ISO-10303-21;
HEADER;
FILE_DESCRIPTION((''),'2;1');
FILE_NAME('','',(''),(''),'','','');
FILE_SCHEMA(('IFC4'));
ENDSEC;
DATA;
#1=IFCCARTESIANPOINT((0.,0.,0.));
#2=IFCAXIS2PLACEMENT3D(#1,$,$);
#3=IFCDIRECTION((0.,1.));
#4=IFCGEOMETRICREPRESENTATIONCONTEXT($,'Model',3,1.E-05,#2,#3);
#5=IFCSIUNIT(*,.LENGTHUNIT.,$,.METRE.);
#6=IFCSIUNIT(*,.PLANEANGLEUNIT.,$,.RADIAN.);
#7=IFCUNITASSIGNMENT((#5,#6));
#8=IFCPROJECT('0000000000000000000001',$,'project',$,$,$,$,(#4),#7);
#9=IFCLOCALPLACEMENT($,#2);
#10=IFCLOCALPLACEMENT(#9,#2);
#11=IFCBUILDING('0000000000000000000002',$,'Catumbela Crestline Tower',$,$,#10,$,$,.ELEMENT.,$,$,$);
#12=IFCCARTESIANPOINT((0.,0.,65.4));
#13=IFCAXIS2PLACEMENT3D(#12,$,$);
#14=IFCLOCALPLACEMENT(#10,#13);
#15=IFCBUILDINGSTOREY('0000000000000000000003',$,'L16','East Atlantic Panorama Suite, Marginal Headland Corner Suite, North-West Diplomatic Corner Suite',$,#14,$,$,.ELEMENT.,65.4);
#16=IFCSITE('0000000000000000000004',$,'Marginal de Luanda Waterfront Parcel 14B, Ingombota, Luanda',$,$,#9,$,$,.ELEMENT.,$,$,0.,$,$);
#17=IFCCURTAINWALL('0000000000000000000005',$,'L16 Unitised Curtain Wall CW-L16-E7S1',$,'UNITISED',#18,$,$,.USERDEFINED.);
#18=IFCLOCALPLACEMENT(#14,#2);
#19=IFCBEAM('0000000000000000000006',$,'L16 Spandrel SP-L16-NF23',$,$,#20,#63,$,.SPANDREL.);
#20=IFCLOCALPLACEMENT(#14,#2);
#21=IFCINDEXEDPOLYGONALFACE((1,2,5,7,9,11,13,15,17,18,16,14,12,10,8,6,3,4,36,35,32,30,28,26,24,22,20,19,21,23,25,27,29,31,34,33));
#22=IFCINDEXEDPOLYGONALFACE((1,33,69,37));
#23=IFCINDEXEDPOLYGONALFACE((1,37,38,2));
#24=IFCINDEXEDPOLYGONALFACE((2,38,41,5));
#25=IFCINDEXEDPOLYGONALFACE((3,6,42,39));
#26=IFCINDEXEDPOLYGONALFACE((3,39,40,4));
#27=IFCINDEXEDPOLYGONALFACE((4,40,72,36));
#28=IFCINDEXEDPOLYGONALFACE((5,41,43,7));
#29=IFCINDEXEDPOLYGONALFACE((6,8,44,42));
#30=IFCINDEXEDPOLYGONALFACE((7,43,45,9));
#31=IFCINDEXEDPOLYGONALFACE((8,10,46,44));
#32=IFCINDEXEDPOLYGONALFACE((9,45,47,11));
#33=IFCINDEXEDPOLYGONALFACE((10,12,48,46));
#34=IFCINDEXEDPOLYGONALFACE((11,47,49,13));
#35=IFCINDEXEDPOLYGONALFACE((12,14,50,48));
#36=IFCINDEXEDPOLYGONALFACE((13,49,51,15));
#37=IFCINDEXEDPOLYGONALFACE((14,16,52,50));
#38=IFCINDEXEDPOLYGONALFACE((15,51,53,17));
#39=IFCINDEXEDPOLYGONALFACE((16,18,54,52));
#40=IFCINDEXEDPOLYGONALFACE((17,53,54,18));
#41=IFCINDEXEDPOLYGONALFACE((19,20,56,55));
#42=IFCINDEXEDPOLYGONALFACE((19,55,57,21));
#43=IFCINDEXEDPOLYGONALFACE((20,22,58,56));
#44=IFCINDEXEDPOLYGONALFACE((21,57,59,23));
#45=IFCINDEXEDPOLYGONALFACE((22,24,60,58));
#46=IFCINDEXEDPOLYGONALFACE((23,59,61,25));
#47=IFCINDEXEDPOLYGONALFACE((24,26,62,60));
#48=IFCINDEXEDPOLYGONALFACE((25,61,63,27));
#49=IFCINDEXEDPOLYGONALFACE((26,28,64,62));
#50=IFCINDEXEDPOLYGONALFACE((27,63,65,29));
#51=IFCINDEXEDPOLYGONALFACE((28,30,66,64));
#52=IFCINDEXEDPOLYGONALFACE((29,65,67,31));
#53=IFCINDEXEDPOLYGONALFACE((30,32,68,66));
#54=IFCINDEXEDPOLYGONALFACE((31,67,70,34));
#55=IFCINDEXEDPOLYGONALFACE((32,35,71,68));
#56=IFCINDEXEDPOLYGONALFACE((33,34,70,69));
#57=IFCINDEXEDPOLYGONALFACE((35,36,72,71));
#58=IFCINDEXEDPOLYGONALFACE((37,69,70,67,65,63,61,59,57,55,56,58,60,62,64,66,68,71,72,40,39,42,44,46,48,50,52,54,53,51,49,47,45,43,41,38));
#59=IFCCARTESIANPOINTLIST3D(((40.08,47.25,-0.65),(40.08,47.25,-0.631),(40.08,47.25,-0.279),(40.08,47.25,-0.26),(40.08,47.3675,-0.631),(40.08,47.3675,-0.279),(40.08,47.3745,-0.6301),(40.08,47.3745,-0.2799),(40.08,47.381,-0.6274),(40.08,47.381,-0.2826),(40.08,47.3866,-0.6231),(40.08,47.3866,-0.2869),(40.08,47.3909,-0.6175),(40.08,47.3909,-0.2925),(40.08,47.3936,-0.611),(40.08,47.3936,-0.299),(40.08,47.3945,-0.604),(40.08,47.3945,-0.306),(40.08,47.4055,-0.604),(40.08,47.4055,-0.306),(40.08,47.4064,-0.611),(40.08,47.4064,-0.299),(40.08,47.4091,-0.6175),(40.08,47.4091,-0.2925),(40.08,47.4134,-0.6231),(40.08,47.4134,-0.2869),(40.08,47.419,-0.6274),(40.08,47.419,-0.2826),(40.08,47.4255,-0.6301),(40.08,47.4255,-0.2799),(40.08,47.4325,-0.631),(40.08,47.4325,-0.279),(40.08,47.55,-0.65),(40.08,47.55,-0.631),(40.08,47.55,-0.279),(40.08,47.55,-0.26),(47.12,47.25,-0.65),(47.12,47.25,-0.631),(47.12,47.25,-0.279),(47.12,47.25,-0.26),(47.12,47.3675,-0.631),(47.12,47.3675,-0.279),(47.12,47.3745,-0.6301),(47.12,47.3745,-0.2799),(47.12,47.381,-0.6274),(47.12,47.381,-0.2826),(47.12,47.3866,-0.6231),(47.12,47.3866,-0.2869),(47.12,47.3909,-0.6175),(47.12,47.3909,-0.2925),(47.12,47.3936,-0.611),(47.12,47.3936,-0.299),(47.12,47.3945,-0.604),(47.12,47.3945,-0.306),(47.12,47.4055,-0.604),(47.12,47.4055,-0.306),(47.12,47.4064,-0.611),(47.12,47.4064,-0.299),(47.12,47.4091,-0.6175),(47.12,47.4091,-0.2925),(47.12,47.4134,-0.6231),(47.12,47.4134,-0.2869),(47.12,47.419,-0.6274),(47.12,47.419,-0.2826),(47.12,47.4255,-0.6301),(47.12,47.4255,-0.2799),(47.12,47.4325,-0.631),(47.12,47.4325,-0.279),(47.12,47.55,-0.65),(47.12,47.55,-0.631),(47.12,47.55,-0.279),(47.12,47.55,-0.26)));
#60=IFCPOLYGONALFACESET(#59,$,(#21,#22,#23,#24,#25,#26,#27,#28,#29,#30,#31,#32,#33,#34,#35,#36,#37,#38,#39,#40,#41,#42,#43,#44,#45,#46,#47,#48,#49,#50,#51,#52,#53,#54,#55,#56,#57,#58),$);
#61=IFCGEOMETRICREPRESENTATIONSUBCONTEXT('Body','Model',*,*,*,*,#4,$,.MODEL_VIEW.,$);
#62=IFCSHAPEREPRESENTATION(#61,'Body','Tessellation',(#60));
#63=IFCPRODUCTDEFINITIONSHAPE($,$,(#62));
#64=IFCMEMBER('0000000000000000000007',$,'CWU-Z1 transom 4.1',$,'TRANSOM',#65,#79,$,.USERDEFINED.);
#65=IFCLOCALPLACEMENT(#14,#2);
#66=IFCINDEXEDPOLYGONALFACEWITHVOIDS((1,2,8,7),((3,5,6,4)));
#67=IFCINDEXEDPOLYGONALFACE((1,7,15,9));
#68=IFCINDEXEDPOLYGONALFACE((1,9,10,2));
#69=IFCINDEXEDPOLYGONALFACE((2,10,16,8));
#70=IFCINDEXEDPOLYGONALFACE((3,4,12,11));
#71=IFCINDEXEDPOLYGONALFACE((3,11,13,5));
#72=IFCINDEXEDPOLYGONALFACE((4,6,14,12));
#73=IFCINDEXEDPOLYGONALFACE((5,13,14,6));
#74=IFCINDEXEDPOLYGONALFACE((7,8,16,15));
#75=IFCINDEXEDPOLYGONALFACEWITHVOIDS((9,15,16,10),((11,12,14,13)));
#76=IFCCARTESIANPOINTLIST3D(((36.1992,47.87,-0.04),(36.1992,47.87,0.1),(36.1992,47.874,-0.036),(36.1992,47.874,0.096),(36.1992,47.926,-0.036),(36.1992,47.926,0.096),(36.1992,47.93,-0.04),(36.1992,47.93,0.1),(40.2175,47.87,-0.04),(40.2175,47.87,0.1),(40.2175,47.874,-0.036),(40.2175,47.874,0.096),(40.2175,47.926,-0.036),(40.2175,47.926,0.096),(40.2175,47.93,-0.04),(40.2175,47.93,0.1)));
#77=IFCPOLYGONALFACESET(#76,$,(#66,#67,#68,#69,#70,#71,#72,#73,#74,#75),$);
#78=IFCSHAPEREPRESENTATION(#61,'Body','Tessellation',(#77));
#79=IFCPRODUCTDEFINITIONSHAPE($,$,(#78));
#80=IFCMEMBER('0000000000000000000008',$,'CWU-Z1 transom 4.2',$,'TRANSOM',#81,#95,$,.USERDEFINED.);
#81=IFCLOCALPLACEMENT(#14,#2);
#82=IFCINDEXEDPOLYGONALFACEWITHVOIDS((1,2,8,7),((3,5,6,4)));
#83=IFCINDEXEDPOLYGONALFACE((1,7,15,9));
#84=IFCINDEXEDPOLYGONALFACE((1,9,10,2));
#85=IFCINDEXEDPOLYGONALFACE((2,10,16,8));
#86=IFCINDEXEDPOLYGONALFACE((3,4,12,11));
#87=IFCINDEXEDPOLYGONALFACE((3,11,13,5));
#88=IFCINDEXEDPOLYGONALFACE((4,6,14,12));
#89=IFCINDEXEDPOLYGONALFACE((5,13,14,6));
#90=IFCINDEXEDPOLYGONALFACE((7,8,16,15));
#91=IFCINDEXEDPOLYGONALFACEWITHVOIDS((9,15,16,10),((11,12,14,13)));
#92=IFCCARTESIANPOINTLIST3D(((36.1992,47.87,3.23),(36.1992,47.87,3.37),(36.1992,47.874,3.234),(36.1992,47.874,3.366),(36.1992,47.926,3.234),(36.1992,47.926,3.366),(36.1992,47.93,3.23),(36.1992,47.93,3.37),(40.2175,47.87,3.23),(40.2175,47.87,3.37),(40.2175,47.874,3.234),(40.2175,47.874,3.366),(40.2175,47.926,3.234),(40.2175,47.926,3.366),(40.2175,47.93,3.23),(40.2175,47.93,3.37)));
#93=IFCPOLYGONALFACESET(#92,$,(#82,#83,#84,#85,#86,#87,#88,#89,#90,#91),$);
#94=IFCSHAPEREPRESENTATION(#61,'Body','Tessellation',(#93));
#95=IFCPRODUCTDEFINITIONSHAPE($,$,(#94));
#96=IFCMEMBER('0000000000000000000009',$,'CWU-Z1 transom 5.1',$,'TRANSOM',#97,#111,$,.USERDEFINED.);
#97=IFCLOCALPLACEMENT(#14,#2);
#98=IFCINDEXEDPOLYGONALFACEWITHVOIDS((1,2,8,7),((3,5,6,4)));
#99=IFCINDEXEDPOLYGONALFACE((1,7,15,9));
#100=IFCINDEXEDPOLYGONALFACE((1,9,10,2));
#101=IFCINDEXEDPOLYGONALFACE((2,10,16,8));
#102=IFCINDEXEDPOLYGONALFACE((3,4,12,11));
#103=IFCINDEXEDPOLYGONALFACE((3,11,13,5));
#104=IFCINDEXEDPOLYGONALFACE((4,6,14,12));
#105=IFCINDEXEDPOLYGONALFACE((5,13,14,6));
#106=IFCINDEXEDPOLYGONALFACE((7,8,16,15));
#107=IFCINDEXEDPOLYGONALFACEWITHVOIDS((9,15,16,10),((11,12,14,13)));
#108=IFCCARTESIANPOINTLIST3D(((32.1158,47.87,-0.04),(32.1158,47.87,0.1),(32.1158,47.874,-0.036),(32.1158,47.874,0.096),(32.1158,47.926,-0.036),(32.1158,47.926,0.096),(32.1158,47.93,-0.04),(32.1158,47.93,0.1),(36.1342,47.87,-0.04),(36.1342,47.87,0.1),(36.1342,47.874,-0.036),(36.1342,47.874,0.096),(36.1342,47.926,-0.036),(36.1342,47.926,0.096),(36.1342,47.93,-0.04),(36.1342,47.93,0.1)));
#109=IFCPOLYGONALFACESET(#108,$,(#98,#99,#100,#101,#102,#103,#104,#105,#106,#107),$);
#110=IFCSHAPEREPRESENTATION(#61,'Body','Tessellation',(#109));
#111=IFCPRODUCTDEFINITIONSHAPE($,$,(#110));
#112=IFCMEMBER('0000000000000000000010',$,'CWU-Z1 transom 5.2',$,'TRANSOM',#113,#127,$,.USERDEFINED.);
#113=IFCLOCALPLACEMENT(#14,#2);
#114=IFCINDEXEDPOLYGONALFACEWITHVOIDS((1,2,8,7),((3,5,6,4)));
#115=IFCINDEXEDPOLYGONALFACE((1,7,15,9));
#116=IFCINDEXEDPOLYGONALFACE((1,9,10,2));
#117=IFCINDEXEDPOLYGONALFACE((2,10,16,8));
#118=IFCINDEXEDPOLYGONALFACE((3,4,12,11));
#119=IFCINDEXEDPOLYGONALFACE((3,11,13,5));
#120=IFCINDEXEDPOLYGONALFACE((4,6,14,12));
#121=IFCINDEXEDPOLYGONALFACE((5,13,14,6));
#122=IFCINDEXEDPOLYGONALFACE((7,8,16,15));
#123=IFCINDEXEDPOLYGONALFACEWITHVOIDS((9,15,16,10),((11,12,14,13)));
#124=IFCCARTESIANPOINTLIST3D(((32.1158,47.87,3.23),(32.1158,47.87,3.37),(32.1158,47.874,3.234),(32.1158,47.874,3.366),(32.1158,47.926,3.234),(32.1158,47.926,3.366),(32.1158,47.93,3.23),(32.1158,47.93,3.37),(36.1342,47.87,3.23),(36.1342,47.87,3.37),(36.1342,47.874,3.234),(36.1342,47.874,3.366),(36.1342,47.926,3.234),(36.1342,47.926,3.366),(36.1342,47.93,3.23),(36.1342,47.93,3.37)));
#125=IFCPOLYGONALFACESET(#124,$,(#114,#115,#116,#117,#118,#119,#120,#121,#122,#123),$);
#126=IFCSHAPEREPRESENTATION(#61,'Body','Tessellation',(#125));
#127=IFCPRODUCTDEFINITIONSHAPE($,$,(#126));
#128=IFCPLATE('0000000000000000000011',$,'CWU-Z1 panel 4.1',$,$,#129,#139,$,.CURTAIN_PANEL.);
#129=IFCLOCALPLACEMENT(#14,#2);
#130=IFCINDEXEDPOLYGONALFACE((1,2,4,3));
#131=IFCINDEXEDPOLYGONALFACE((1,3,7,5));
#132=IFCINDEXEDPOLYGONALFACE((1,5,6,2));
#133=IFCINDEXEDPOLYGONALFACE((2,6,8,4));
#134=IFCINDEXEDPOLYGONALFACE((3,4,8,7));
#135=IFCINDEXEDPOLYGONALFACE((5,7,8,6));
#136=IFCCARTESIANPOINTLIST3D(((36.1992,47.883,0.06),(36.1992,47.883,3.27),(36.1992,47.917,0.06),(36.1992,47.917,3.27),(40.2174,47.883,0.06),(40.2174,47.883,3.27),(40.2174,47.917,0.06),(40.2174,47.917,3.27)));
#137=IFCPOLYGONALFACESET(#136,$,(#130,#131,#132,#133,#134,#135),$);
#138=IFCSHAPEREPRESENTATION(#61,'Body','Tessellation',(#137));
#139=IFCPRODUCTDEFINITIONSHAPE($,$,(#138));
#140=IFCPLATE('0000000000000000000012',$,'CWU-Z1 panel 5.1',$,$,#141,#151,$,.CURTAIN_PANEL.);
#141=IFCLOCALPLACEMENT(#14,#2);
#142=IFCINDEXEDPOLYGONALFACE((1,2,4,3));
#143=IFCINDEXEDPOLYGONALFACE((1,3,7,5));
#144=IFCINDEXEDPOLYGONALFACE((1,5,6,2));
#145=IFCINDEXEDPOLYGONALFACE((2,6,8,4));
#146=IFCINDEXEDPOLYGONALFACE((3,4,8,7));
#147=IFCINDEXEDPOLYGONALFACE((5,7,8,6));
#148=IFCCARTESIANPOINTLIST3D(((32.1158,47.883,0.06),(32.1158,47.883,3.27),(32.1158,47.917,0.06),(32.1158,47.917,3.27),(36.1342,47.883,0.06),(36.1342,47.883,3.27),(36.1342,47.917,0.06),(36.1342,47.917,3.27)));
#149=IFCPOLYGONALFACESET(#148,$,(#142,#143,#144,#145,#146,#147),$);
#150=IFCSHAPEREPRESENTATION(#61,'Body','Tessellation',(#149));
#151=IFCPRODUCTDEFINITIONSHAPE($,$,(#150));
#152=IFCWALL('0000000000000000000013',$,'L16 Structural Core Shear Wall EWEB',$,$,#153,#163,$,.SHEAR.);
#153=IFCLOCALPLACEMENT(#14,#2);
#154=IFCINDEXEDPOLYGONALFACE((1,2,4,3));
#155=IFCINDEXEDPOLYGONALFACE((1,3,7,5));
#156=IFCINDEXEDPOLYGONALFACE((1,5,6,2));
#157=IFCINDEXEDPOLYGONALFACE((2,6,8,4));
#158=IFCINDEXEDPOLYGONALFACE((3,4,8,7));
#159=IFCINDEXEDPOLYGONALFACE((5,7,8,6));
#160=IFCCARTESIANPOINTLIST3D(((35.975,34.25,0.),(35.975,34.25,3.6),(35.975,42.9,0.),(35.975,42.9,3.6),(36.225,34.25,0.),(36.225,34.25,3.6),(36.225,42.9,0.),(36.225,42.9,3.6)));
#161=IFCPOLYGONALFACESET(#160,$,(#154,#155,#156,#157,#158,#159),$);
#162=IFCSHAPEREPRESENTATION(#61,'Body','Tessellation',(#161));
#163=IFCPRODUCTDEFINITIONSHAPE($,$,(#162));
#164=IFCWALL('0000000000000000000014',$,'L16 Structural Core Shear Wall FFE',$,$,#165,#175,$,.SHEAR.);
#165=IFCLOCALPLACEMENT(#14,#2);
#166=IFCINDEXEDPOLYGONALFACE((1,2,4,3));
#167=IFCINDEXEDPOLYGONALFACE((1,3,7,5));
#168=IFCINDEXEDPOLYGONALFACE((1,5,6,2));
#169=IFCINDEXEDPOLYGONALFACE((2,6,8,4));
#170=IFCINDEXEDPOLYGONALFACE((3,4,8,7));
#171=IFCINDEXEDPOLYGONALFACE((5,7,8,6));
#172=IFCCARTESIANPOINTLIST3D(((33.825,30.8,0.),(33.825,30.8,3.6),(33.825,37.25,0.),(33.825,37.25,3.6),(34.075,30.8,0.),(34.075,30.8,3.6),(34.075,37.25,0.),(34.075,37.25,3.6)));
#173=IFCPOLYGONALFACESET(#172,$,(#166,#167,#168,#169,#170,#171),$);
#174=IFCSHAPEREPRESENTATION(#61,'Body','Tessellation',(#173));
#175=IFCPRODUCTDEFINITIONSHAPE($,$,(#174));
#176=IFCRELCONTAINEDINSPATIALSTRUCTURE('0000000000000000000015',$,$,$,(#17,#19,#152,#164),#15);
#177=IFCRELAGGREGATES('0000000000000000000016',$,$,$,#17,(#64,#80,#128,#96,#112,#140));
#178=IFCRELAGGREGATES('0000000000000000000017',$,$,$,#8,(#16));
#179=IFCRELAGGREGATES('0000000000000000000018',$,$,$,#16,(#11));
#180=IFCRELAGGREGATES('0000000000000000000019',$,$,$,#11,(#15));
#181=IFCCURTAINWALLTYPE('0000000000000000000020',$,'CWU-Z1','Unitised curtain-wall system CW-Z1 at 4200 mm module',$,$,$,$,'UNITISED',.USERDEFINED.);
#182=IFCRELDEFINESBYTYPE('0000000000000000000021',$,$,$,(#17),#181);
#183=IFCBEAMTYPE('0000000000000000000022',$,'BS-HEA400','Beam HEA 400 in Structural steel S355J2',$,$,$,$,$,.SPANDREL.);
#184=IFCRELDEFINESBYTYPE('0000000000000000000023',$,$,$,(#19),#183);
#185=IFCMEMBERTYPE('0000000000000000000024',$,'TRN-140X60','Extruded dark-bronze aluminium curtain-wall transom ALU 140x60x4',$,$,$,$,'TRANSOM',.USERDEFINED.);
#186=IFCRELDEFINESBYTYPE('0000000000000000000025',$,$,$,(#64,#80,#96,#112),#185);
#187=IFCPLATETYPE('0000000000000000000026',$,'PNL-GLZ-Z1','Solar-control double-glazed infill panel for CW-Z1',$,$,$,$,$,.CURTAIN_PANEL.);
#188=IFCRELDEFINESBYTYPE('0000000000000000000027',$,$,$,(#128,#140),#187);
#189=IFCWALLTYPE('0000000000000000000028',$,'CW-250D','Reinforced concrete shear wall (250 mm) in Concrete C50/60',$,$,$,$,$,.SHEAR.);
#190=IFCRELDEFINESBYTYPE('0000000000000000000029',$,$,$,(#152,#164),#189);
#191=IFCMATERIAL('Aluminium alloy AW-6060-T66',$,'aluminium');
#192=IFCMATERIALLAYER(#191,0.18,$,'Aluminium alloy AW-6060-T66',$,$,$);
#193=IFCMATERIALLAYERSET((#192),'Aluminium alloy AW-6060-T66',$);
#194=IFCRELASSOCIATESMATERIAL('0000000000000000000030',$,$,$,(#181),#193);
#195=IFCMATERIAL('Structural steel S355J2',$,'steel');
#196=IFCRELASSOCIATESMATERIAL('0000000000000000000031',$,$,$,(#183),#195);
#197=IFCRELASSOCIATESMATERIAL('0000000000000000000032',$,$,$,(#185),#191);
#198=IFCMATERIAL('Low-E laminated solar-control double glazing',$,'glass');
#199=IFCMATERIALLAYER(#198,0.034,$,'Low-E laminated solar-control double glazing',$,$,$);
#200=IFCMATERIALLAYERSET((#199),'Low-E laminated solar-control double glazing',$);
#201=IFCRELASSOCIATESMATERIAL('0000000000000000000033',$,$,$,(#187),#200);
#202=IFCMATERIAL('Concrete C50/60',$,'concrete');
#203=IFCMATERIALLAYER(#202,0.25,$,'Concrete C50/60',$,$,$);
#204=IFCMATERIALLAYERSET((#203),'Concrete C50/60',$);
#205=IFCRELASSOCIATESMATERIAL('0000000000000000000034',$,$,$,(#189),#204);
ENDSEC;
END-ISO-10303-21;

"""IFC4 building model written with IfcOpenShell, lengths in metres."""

from ifc_helpers import new_model, si_unit, direction, frame, frame_2d, origin, origin_2d, place, context, subcontext, project, spatial, rectangle, hollow_rectangle, i_section, extrude, material, layer, layer_set, material_profile, profile_set, type_object, element, aggregate, save


model = new_model("IFC4")

# Units and contexts
model_context = context("Model", 3, precision=1e-05, world=origin(), true_north=direction((0.0, 1.0)))
body_context = subcontext(model_context, "Body", "Model", "MODEL_VIEW")
ifc_project = project(units=[si_unit("LENGTHUNIT", "METRE"), si_unit("PLANEANGLEUNIT", "RADIAN")], contexts=[model_context])

# Site, building, storey
site_placement = place(None, origin())
site = spatial("IfcSite", under=ifc_project, at=site_placement, Name="Marginal de Luanda Waterfront Parcel 14B, Ingombota, Luanda", CompositionType="ELEMENT", RefElevation=0.0)
building_placement = place(site_placement, origin())
building = spatial("IfcBuilding", under=site, at=building_placement, Name="Catumbela Crestline Tower", CompositionType="ELEMENT")
storey_placement = place(building_placement, frame((0.0, 0.0, 65.4)))
storey = spatial("IfcBuildingStorey", under=building, at=storey_placement, Name="L16", Description="East Atlantic Panorama Suite, Marginal Headland Corner Suite, North-West Diplomatic Corner Suite", CompositionType="ELEMENT", Elevation=65.4)

# Shared definitions
ifc_material_1 = material(Name="Structural steel S355J2", Category="steel")

# Curtain wall
ifc_material_2 = material(Name="Aluminium alloy AW-6060-T66", Category="aluminium")
ifc_layer_1 = layer(ifc_material_2, 0.18, Name="Aluminium alloy AW-6060-T66")
ifc_layer_set_1 = layer_set([ifc_layer_1], Name="Aluminium alloy AW-6060-T66")
curtain_wall_type = type_object("IfcCurtainWallType", Name="CWU-Z1", Description="Unitised curtain-wall system CW-Z1 at 4200 mm module", ElementType="UNITISED", PredefinedType="USERDEFINED", material=ifc_layer_set_1)
curtain_wall_placement = place(storey_placement, origin())
curtain_wall = element("IfcCurtainWall", 1, at=curtain_wall_placement, inside=storey, type_object=curtain_wall_type, Name="L16 Unitised Curtain Wall CW-L16-E7S1", ObjectType="UNITISED", PredefinedType="USERDEFINED")

# Beam
ifc_material_profile_1 = material_profile(ifc_material_1, i_section(OverallWidth=0.3, OverallDepth=0.39, WebThickness=0.011, FlangeThickness=0.019, FilletRadius=0.027, at=origin_2d()), Name="HEA 400")
ifc_profile_set_1 = profile_set([ifc_material_profile_1], Name="Structural steel S355J2")
beam_type_1 = type_object("IfcBeamType", Name="BS-HEA400", Description="Beam HEA 400 in Structural steel S355J2", PredefinedType="SPANDREL", material=ifc_profile_set_1)
beam_1_placement = place(storey_placement, frame((40.08, 47.4, -0.455), z_axis=(1.0, 0.0, 0.0), x_axis=(0.0, 1.0, 0.0)))
element("IfcBeam", 2, at=beam_1_placement, inside=storey, type_object=beam_type_1, Name="L16 Spandrel SP-L16-NF23", PredefinedType="SPANDREL", context=body_context, shape_type="SweptSolid", body=[
    extrude(i_section(OverallWidth=0.3, OverallDepth=0.39, WebThickness=0.011, FlangeThickness=0.019, FilletRadius=0.027, at=origin_2d()), origin(), (0.0, 0.0, 1.0), 7.04),
])

# Members
ifc_material_profile_2 = material_profile(ifc_material_2, hollow_rectangle(XDim=0.06, YDim=0.14, WallThickness=0.004, at=origin_2d()), Name="ALU 140x60x4")
ifc_profile_set_2 = profile_set([ifc_material_profile_2], Name="Aluminium alloy AW-6060-T66")
member_type_1 = type_object("IfcMemberType", Name="TRN-140X60", Description="Extruded dark-bronze aluminium curtain-wall transom ALU 140x60x4", ElementType="TRANSOM", PredefinedType="USERDEFINED", material=ifc_profile_set_2)
member_1_placement = place(storey_placement, frame((40.2175, 47.9, 0.03), z_axis=(-1.0, 0.0, 0.0), x_axis=(0.0, -1.0, 0.0)))
member_1 = element("IfcMember", 3, at=member_1_placement, type_object=member_type_1, Name="CWU-Z1 transom 4.1", ObjectType="TRANSOM", PredefinedType="USERDEFINED", context=body_context, shape_type="SweptSolid", body=[
    extrude(hollow_rectangle(XDim=0.06, YDim=0.14, WallThickness=0.004, at=origin_2d()), origin(), (0.0, 0.0, 1.0), 4.0183),
])
member_2_placement = place(storey_placement, frame((40.2175, 47.9, 3.3), z_axis=(-1.0, 0.0, 0.0), x_axis=(0.0, -1.0, 0.0)))
member_2 = element("IfcMember", 4, at=member_2_placement, type_object=member_type_1, Name="CWU-Z1 transom 4.2", ObjectType="TRANSOM", PredefinedType="USERDEFINED", context=body_context, shape_type="SweptSolid", body=[
    extrude(hollow_rectangle(XDim=0.06, YDim=0.14, WallThickness=0.004, at=origin_2d()), origin(), (0.0, 0.0, 1.0), 4.0183),
])
member_3_placement = place(storey_placement, frame((36.1342, 47.9, 0.03), z_axis=(-1.0, 0.0, 0.0), x_axis=(0.0, -1.0, 0.0)))
member_3 = element("IfcMember", 5, at=member_3_placement, type_object=member_type_1, Name="CWU-Z1 transom 5.1", ObjectType="TRANSOM", PredefinedType="USERDEFINED", context=body_context, shape_type="SweptSolid", body=[
    extrude(hollow_rectangle(XDim=0.06, YDim=0.14, WallThickness=0.004, at=origin_2d()), origin(), (0.0, 0.0, 1.0), 4.0184),
])
member_4_placement = place(storey_placement, frame((36.1342, 47.9, 3.3), z_axis=(-1.0, 0.0, 0.0), x_axis=(0.0, -1.0, 0.0)))
member_4 = element("IfcMember", 6, at=member_4_placement, type_object=member_type_1, Name="CWU-Z1 transom 5.2", ObjectType="TRANSOM", PredefinedType="USERDEFINED", context=body_context, shape_type="SweptSolid", body=[
    extrude(hollow_rectangle(XDim=0.06, YDim=0.14, WallThickness=0.004, at=origin_2d()), origin(), (0.0, 0.0, 1.0), 4.0184),
])

# Plates
ifc_material_3 = material(Name="Low-E laminated solar-control double glazing", Category="glass")
ifc_layer_2 = layer(ifc_material_3, 0.034, Name="Low-E laminated solar-control double glazing")
ifc_layer_set_2 = layer_set([ifc_layer_2], Name="Low-E laminated solar-control double glazing")
plate_type = type_object("IfcPlateType", Name="PNL-GLZ-Z1", Description="Solar-control double-glazed infill panel for CW-Z1", PredefinedType="CURTAIN_PANEL", material=ifc_layer_set_2)
plate_1_placement = place(storey_placement, frame((38.2083, 47.9, 0.06), z_axis=(0.0, 0.0, 1.0), x_axis=(-1.0, 0.0, 0.0)))
plate_1 = element("IfcPlate", 7, at=plate_1_placement, type_object=plate_type, Name="CWU-Z1 panel 4.1", PredefinedType="CURTAIN_PANEL", context=body_context, shape_type="SweptSolid", body=[
    extrude(rectangle(XDim=4.0183, YDim=0.034, at=origin_2d()), origin(), (0.0, 0.0, 1.0), 3.21),
])
plate_2_placement = place(storey_placement, frame((34.125, 47.9, 0.06), z_axis=(0.0, 0.0, 1.0), x_axis=(-1.0, 0.0, 0.0)))
plate_2 = element("IfcPlate", 8, at=plate_2_placement, type_object=plate_type, Name="CWU-Z1 panel 5.1", PredefinedType="CURTAIN_PANEL", context=body_context, shape_type="SweptSolid", body=[
    extrude(rectangle(XDim=4.0183, YDim=0.034, at=origin_2d()), origin(), (0.0, 0.0, 1.0), 3.21),
])
aggregate(curtain_wall, [member_1, member_2, plate_1, member_3, member_4, plate_2])

# Walls
ifc_material_4 = material(Name="Concrete C50/60", Category="concrete")
ifc_layer_3 = layer(ifc_material_4, 0.25, Name="Concrete C50/60")
ifc_layer_set_3 = layer_set([ifc_layer_3], Name="Concrete C50/60")
wall_type_1 = type_object("IfcWallType", Name="CW-250D", Description="Reinforced concrete shear wall (250 mm) in Concrete C50/60", PredefinedType="SHEAR", material=ifc_layer_set_3)
wall_1_placement = place(storey_placement, frame((36.1, 34.25, 0.0), z_axis=(0.0, 0.0, 1.0), x_axis=(0.0, 1.0, 0.0)))
element("IfcWall", 9, at=wall_1_placement, inside=storey, type_object=wall_type_1, Name="L16 Structural Core Shear Wall EWEB", PredefinedType="SHEAR", context=body_context, shape_type="SweptSolid", body=[
    extrude(rectangle(XDim=8.65, YDim=0.25, at=frame_2d((4.325, 0.0))), origin(), (0.0, 0.0, 1.0), 3.6),
])
wall_2_placement = place(storey_placement, frame((33.95, 30.8, 0.0), z_axis=(0.0, 0.0, 1.0), x_axis=(0.0, 1.0, 0.0)))
element("IfcWall", 10, at=wall_2_placement, inside=storey, type_object=wall_type_1, Name="L16 Structural Core Shear Wall FFE", PredefinedType="SHEAR", context=body_context, shape_type="SweptSolid", body=[
    extrude(rectangle(XDim=6.45, YDim=0.25, at=frame_2d((3.225, 0.0))), origin(), (0.0, 0.0, 1.0), 3.6),
])

save(model, "model.ifc")
